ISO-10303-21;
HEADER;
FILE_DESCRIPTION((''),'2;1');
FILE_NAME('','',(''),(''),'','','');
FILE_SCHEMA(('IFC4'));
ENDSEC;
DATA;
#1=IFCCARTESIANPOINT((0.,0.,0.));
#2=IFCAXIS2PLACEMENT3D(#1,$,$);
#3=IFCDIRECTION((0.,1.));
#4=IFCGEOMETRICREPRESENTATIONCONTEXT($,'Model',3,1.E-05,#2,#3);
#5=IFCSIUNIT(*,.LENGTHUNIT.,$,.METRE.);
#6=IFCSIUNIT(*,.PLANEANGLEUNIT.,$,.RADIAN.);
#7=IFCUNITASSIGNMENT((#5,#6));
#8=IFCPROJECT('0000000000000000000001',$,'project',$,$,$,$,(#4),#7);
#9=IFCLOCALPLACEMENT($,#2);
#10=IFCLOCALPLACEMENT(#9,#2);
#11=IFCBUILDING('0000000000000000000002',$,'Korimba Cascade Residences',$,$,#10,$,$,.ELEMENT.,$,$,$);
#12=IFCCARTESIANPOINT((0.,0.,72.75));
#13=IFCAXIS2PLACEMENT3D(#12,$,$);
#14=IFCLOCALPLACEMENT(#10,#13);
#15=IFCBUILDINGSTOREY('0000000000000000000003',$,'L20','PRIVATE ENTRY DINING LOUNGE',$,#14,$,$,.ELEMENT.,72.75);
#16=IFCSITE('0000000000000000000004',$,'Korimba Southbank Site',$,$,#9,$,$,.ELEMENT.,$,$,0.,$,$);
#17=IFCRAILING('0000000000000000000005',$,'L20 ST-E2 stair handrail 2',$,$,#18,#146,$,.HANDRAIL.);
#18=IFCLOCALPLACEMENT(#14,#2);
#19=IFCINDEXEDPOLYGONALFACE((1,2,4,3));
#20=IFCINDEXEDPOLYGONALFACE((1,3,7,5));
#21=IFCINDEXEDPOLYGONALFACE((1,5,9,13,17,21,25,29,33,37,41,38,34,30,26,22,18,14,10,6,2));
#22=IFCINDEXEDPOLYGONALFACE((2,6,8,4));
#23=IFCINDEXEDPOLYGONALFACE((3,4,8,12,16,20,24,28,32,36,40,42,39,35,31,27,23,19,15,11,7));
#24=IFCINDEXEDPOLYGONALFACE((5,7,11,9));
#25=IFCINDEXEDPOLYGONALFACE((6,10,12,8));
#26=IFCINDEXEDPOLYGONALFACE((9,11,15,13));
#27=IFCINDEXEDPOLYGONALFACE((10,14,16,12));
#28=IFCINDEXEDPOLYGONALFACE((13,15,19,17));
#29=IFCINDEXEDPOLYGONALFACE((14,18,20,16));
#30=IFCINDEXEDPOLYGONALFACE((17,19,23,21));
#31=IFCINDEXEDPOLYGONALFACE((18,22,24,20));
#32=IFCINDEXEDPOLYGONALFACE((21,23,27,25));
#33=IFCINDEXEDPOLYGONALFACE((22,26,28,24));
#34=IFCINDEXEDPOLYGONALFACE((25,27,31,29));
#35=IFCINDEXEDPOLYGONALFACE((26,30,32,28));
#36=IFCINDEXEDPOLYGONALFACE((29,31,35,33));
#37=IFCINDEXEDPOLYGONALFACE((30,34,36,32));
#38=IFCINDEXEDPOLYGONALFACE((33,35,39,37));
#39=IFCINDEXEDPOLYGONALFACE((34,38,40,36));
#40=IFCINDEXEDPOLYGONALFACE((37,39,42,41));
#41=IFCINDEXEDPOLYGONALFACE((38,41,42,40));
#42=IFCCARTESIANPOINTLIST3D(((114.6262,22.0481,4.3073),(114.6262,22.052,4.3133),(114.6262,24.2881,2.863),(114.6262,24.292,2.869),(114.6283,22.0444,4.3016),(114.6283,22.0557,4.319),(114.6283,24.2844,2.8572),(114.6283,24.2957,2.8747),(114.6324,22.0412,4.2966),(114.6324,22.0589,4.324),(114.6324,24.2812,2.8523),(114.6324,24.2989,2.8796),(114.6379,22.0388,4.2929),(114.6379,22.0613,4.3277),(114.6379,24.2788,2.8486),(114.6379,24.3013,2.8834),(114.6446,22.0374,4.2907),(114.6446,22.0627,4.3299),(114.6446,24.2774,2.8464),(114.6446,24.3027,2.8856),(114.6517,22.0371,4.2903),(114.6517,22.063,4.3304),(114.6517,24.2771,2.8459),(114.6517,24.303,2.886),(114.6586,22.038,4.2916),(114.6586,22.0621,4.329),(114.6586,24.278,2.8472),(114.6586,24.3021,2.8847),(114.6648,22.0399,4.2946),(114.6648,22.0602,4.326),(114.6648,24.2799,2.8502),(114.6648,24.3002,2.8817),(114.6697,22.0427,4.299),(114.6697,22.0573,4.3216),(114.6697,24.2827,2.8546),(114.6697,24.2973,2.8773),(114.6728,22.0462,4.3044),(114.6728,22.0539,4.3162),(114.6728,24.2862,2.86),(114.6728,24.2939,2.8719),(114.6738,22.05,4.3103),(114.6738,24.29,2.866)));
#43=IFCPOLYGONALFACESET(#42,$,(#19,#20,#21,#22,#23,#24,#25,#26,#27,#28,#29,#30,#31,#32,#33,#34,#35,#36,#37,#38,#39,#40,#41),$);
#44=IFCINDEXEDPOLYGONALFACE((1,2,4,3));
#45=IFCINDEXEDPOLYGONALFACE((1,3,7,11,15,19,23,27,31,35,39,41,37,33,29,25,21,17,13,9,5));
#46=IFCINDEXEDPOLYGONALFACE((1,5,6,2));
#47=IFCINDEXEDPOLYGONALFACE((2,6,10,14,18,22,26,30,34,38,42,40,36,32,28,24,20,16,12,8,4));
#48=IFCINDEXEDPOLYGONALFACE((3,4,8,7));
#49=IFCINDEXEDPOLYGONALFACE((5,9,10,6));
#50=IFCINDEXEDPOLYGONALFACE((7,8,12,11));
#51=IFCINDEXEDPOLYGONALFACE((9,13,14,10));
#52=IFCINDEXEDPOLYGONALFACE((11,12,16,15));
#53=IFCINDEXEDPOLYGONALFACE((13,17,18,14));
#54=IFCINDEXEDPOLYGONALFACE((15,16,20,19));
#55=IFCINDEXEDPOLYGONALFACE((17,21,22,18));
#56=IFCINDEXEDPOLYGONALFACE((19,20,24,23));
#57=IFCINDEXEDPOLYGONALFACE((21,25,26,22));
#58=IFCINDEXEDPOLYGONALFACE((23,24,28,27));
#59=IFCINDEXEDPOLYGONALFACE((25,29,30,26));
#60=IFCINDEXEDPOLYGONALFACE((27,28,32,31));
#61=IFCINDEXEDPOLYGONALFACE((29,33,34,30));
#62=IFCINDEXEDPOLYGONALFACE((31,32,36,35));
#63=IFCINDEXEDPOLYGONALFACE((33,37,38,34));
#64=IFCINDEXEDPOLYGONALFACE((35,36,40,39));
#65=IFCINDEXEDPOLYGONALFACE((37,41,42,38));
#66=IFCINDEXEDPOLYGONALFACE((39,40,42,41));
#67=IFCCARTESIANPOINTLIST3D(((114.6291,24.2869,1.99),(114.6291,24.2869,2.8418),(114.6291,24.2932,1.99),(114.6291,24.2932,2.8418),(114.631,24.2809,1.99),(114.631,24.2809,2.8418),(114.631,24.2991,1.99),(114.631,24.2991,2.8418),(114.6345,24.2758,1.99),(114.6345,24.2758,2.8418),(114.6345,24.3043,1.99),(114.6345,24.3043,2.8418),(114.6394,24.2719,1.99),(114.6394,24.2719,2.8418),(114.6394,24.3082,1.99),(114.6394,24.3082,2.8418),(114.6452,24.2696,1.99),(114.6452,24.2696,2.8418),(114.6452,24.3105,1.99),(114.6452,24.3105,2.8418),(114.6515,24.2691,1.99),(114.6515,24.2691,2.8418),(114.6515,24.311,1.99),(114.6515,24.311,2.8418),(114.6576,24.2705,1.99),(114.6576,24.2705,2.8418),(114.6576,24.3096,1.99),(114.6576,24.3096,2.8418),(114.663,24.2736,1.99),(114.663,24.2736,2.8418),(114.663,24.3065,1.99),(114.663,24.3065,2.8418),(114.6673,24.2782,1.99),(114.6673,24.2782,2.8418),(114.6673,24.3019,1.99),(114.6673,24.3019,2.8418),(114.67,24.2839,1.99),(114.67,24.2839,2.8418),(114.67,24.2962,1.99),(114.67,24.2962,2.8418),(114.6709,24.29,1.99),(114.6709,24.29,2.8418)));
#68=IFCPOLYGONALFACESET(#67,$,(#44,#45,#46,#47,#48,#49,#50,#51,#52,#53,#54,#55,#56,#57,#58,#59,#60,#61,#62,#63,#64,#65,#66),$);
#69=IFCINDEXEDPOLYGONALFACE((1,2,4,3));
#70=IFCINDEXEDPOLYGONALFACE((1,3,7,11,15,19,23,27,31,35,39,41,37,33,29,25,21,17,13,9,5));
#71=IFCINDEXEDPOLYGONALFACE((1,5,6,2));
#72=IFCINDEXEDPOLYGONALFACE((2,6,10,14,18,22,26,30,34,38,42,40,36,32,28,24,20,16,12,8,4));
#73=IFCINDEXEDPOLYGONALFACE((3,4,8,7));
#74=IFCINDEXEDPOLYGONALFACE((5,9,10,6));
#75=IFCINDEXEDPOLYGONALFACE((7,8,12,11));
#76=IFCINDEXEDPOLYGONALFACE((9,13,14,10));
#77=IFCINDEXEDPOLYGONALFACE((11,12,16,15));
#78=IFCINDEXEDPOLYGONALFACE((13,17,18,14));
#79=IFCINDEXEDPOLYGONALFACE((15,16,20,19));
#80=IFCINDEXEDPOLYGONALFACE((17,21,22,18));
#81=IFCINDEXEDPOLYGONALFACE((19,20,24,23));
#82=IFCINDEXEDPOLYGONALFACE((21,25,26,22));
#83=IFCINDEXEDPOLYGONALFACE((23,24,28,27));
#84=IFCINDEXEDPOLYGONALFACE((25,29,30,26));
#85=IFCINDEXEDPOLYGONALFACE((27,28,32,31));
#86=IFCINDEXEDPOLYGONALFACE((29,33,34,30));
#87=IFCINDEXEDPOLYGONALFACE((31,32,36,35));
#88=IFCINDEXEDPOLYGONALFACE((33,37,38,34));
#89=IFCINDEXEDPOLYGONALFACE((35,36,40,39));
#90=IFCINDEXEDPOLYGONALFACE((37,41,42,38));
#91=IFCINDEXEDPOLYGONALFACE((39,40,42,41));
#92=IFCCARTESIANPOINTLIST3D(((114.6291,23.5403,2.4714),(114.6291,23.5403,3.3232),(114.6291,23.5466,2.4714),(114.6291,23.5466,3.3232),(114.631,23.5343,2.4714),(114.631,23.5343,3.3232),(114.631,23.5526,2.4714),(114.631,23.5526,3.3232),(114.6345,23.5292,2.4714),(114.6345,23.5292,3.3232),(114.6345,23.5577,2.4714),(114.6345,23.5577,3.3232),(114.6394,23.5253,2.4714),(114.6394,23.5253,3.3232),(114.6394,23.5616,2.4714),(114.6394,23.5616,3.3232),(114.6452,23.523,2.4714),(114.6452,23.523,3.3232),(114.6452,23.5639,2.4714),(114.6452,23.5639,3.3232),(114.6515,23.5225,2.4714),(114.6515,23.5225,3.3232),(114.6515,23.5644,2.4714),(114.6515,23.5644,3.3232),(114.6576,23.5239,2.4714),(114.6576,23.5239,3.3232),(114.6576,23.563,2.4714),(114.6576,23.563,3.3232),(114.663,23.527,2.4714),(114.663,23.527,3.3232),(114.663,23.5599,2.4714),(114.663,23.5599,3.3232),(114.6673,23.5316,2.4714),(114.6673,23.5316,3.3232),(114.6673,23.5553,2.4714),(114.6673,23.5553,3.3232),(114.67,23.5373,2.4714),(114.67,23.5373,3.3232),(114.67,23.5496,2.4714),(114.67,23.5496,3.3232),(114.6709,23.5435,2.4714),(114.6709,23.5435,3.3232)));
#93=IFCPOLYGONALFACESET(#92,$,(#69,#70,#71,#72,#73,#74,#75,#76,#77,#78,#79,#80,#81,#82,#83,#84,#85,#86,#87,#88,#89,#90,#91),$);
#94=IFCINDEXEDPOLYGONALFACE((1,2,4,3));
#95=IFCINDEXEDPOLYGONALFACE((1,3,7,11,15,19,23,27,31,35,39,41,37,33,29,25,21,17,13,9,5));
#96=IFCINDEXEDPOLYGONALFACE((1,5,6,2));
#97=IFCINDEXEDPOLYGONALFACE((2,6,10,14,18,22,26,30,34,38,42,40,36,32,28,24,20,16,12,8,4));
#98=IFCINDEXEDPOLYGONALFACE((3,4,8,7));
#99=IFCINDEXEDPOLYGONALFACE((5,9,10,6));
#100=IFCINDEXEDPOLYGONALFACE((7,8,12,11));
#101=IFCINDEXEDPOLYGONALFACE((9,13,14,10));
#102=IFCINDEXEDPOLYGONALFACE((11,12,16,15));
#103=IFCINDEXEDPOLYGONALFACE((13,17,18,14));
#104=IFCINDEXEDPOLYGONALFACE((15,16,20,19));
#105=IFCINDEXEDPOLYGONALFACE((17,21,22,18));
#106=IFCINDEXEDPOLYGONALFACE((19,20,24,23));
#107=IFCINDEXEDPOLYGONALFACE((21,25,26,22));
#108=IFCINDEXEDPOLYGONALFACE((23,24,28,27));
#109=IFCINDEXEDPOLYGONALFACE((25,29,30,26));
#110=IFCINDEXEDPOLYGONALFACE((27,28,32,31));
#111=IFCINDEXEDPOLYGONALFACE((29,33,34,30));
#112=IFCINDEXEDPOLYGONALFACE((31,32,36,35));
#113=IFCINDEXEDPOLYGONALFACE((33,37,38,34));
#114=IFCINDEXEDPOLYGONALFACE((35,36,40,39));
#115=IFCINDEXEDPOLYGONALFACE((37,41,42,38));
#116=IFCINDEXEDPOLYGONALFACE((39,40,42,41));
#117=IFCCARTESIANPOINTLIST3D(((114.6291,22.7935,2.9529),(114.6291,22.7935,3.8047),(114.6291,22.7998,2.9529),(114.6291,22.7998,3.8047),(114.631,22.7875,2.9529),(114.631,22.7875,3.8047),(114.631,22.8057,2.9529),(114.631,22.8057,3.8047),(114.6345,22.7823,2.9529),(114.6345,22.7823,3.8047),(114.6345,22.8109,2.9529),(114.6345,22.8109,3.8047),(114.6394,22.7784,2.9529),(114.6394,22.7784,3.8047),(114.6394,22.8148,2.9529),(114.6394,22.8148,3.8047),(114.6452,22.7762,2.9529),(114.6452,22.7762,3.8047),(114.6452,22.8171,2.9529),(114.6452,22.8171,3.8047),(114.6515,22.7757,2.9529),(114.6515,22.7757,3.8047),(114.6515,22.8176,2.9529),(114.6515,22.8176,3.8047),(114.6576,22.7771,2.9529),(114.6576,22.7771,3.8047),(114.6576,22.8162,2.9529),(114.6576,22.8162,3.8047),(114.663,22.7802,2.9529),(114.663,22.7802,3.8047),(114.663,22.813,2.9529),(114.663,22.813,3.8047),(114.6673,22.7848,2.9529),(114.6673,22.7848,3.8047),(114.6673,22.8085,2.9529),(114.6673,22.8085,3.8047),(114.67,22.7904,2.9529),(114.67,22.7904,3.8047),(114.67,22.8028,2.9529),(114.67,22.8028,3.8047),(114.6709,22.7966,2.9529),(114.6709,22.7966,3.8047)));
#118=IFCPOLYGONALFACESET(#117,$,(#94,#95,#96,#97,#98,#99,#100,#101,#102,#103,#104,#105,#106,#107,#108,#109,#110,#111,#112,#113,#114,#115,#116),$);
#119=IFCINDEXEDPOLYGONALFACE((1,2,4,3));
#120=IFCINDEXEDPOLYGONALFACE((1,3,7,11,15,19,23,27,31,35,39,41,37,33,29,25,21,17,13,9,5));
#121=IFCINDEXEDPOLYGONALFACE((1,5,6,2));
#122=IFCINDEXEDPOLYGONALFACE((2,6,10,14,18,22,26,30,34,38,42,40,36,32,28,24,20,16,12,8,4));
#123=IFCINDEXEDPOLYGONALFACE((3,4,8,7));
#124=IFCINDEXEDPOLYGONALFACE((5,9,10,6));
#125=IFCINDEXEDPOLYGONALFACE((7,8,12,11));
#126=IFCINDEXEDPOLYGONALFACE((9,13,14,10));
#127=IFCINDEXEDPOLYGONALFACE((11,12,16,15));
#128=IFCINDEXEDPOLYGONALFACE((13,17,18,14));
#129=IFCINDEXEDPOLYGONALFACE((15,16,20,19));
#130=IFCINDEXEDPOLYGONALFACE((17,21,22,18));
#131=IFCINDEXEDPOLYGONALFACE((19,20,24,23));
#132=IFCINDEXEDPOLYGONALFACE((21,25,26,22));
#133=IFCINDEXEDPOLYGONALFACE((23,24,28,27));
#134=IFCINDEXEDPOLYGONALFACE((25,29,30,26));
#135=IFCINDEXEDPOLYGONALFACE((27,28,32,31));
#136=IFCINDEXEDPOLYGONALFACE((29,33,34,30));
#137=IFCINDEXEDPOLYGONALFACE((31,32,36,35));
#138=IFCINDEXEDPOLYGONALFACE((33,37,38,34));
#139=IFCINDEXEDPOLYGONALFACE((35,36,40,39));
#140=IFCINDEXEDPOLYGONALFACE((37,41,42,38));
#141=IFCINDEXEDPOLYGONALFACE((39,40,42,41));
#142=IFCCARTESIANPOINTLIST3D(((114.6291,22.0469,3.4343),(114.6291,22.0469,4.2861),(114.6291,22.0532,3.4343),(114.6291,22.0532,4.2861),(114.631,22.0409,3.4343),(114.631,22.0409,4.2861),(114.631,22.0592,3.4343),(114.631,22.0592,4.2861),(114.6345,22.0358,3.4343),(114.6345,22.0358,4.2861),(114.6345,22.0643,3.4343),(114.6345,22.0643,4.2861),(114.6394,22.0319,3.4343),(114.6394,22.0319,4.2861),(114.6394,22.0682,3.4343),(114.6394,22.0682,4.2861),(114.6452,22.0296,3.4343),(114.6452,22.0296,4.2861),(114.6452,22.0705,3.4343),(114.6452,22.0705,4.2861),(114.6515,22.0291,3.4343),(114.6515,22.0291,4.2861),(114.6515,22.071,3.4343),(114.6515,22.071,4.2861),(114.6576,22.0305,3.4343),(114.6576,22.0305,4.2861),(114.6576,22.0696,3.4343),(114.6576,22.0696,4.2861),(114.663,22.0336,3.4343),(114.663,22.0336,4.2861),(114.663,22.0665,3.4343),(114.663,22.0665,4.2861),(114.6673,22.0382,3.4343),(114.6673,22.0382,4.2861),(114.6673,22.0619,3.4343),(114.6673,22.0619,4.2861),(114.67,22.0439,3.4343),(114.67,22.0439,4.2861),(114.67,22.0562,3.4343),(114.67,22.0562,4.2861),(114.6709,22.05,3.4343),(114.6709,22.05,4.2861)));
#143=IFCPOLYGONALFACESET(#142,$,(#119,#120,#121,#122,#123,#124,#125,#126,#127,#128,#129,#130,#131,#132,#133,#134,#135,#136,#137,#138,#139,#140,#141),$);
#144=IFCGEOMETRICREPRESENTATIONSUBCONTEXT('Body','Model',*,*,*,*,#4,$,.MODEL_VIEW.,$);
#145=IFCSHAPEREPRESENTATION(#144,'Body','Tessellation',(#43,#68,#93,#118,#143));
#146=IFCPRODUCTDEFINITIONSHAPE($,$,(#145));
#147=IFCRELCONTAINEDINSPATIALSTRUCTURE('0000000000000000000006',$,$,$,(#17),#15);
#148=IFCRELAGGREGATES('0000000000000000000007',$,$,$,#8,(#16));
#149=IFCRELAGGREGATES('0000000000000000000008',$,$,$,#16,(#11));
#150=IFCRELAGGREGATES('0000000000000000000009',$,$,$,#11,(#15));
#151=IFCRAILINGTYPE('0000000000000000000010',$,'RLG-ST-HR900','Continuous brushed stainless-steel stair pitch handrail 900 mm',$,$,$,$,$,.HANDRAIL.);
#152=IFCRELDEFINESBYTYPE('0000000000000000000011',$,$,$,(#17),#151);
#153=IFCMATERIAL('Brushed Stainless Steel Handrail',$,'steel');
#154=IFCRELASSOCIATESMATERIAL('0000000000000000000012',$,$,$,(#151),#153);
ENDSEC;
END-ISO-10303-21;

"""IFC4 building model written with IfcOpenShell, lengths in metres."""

from ifc_helpers import new_model, si_unit, direction, frame, origin, origin_2d, place, context, subcontext, project, spatial, circle, extrude, material, type_object, element, save


model = new_model("IFC4")

# Units and contexts
model_context = context("Model", 3, precision=1e-05, world=origin(), true_north=direction((0.0, 1.0)))
body_context = subcontext(model_context, "Body", "Model", "MODEL_VIEW")
ifc_project = project(units=[si_unit("LENGTHUNIT", "METRE"), si_unit("PLANEANGLEUNIT", "RADIAN")], contexts=[model_context])

# Site, building, storey
site_placement = place(None, origin())
site = spatial("IfcSite", under=ifc_project, at=site_placement, Name="Korimba Southbank Site", CompositionType="ELEMENT", RefElevation=0.0)
building_placement = place(site_placement, origin())
building = spatial("IfcBuilding", under=site, at=building_placement, Name="Korimba Cascade Residences", CompositionType="ELEMENT")
storey_placement = place(building_placement, frame((0.0, 0.0, 72.75)))
storey = spatial("IfcBuildingStorey", under=building, at=storey_placement, Name="L20", Description="PRIVATE ENTRY DINING LOUNGE", CompositionType="ELEMENT", Elevation=72.75)

# Railing
ifc_material_1 = material(Name="Brushed Stainless Steel Handrail", Category="steel")
railing_type_1 = type_object("IfcRailingType", Name="RLG-ST-HR900", Description="Continuous brushed stainless-steel stair pitch handrail 900 mm", PredefinedType="HANDRAIL", material=ifc_material_1)
railing_1_placement = place(storey_placement, frame((114.6499, 24.29, 1.99)))
element("IfcRailing", 1, at=railing_1_placement, inside=storey, type_object=railing_type_1, Name="L20 ST-E2 stair handrail 2", PredefinedType="HANDRAIL", context=body_context, shape_type="SweptSolid", body=[
    extrude(circle(Radius=0.0239, at=origin_2d()), frame((0.0, 0.0, 0.876), z_axis=(0.0, -0.840437, 0.54191), x_axis=(1.0, 0.0, 0.0)), (0.0, 0.0, 1.0), 2.6653),
    extrude(circle(Radius=0.021, at=origin_2d()), origin(), (0.0, 0.0, 1.0), 0.8518),
    extrude(circle(Radius=0.021, at=origin_2d()), frame((0.0, -0.7466, 0.4814)), (0.0, 0.0, 1.0), 0.8518),
    extrude(circle(Radius=0.021, at=origin_2d()), frame((0.0, -1.4934, 0.9629)), (0.0, 0.0, 1.0), 0.8518),
    extrude(circle(Radius=0.021, at=origin_2d()), frame((0.0, -2.24, 1.4443)), (0.0, 0.0, 1.0), 0.8518),
])

save(model, "model.ifc")
